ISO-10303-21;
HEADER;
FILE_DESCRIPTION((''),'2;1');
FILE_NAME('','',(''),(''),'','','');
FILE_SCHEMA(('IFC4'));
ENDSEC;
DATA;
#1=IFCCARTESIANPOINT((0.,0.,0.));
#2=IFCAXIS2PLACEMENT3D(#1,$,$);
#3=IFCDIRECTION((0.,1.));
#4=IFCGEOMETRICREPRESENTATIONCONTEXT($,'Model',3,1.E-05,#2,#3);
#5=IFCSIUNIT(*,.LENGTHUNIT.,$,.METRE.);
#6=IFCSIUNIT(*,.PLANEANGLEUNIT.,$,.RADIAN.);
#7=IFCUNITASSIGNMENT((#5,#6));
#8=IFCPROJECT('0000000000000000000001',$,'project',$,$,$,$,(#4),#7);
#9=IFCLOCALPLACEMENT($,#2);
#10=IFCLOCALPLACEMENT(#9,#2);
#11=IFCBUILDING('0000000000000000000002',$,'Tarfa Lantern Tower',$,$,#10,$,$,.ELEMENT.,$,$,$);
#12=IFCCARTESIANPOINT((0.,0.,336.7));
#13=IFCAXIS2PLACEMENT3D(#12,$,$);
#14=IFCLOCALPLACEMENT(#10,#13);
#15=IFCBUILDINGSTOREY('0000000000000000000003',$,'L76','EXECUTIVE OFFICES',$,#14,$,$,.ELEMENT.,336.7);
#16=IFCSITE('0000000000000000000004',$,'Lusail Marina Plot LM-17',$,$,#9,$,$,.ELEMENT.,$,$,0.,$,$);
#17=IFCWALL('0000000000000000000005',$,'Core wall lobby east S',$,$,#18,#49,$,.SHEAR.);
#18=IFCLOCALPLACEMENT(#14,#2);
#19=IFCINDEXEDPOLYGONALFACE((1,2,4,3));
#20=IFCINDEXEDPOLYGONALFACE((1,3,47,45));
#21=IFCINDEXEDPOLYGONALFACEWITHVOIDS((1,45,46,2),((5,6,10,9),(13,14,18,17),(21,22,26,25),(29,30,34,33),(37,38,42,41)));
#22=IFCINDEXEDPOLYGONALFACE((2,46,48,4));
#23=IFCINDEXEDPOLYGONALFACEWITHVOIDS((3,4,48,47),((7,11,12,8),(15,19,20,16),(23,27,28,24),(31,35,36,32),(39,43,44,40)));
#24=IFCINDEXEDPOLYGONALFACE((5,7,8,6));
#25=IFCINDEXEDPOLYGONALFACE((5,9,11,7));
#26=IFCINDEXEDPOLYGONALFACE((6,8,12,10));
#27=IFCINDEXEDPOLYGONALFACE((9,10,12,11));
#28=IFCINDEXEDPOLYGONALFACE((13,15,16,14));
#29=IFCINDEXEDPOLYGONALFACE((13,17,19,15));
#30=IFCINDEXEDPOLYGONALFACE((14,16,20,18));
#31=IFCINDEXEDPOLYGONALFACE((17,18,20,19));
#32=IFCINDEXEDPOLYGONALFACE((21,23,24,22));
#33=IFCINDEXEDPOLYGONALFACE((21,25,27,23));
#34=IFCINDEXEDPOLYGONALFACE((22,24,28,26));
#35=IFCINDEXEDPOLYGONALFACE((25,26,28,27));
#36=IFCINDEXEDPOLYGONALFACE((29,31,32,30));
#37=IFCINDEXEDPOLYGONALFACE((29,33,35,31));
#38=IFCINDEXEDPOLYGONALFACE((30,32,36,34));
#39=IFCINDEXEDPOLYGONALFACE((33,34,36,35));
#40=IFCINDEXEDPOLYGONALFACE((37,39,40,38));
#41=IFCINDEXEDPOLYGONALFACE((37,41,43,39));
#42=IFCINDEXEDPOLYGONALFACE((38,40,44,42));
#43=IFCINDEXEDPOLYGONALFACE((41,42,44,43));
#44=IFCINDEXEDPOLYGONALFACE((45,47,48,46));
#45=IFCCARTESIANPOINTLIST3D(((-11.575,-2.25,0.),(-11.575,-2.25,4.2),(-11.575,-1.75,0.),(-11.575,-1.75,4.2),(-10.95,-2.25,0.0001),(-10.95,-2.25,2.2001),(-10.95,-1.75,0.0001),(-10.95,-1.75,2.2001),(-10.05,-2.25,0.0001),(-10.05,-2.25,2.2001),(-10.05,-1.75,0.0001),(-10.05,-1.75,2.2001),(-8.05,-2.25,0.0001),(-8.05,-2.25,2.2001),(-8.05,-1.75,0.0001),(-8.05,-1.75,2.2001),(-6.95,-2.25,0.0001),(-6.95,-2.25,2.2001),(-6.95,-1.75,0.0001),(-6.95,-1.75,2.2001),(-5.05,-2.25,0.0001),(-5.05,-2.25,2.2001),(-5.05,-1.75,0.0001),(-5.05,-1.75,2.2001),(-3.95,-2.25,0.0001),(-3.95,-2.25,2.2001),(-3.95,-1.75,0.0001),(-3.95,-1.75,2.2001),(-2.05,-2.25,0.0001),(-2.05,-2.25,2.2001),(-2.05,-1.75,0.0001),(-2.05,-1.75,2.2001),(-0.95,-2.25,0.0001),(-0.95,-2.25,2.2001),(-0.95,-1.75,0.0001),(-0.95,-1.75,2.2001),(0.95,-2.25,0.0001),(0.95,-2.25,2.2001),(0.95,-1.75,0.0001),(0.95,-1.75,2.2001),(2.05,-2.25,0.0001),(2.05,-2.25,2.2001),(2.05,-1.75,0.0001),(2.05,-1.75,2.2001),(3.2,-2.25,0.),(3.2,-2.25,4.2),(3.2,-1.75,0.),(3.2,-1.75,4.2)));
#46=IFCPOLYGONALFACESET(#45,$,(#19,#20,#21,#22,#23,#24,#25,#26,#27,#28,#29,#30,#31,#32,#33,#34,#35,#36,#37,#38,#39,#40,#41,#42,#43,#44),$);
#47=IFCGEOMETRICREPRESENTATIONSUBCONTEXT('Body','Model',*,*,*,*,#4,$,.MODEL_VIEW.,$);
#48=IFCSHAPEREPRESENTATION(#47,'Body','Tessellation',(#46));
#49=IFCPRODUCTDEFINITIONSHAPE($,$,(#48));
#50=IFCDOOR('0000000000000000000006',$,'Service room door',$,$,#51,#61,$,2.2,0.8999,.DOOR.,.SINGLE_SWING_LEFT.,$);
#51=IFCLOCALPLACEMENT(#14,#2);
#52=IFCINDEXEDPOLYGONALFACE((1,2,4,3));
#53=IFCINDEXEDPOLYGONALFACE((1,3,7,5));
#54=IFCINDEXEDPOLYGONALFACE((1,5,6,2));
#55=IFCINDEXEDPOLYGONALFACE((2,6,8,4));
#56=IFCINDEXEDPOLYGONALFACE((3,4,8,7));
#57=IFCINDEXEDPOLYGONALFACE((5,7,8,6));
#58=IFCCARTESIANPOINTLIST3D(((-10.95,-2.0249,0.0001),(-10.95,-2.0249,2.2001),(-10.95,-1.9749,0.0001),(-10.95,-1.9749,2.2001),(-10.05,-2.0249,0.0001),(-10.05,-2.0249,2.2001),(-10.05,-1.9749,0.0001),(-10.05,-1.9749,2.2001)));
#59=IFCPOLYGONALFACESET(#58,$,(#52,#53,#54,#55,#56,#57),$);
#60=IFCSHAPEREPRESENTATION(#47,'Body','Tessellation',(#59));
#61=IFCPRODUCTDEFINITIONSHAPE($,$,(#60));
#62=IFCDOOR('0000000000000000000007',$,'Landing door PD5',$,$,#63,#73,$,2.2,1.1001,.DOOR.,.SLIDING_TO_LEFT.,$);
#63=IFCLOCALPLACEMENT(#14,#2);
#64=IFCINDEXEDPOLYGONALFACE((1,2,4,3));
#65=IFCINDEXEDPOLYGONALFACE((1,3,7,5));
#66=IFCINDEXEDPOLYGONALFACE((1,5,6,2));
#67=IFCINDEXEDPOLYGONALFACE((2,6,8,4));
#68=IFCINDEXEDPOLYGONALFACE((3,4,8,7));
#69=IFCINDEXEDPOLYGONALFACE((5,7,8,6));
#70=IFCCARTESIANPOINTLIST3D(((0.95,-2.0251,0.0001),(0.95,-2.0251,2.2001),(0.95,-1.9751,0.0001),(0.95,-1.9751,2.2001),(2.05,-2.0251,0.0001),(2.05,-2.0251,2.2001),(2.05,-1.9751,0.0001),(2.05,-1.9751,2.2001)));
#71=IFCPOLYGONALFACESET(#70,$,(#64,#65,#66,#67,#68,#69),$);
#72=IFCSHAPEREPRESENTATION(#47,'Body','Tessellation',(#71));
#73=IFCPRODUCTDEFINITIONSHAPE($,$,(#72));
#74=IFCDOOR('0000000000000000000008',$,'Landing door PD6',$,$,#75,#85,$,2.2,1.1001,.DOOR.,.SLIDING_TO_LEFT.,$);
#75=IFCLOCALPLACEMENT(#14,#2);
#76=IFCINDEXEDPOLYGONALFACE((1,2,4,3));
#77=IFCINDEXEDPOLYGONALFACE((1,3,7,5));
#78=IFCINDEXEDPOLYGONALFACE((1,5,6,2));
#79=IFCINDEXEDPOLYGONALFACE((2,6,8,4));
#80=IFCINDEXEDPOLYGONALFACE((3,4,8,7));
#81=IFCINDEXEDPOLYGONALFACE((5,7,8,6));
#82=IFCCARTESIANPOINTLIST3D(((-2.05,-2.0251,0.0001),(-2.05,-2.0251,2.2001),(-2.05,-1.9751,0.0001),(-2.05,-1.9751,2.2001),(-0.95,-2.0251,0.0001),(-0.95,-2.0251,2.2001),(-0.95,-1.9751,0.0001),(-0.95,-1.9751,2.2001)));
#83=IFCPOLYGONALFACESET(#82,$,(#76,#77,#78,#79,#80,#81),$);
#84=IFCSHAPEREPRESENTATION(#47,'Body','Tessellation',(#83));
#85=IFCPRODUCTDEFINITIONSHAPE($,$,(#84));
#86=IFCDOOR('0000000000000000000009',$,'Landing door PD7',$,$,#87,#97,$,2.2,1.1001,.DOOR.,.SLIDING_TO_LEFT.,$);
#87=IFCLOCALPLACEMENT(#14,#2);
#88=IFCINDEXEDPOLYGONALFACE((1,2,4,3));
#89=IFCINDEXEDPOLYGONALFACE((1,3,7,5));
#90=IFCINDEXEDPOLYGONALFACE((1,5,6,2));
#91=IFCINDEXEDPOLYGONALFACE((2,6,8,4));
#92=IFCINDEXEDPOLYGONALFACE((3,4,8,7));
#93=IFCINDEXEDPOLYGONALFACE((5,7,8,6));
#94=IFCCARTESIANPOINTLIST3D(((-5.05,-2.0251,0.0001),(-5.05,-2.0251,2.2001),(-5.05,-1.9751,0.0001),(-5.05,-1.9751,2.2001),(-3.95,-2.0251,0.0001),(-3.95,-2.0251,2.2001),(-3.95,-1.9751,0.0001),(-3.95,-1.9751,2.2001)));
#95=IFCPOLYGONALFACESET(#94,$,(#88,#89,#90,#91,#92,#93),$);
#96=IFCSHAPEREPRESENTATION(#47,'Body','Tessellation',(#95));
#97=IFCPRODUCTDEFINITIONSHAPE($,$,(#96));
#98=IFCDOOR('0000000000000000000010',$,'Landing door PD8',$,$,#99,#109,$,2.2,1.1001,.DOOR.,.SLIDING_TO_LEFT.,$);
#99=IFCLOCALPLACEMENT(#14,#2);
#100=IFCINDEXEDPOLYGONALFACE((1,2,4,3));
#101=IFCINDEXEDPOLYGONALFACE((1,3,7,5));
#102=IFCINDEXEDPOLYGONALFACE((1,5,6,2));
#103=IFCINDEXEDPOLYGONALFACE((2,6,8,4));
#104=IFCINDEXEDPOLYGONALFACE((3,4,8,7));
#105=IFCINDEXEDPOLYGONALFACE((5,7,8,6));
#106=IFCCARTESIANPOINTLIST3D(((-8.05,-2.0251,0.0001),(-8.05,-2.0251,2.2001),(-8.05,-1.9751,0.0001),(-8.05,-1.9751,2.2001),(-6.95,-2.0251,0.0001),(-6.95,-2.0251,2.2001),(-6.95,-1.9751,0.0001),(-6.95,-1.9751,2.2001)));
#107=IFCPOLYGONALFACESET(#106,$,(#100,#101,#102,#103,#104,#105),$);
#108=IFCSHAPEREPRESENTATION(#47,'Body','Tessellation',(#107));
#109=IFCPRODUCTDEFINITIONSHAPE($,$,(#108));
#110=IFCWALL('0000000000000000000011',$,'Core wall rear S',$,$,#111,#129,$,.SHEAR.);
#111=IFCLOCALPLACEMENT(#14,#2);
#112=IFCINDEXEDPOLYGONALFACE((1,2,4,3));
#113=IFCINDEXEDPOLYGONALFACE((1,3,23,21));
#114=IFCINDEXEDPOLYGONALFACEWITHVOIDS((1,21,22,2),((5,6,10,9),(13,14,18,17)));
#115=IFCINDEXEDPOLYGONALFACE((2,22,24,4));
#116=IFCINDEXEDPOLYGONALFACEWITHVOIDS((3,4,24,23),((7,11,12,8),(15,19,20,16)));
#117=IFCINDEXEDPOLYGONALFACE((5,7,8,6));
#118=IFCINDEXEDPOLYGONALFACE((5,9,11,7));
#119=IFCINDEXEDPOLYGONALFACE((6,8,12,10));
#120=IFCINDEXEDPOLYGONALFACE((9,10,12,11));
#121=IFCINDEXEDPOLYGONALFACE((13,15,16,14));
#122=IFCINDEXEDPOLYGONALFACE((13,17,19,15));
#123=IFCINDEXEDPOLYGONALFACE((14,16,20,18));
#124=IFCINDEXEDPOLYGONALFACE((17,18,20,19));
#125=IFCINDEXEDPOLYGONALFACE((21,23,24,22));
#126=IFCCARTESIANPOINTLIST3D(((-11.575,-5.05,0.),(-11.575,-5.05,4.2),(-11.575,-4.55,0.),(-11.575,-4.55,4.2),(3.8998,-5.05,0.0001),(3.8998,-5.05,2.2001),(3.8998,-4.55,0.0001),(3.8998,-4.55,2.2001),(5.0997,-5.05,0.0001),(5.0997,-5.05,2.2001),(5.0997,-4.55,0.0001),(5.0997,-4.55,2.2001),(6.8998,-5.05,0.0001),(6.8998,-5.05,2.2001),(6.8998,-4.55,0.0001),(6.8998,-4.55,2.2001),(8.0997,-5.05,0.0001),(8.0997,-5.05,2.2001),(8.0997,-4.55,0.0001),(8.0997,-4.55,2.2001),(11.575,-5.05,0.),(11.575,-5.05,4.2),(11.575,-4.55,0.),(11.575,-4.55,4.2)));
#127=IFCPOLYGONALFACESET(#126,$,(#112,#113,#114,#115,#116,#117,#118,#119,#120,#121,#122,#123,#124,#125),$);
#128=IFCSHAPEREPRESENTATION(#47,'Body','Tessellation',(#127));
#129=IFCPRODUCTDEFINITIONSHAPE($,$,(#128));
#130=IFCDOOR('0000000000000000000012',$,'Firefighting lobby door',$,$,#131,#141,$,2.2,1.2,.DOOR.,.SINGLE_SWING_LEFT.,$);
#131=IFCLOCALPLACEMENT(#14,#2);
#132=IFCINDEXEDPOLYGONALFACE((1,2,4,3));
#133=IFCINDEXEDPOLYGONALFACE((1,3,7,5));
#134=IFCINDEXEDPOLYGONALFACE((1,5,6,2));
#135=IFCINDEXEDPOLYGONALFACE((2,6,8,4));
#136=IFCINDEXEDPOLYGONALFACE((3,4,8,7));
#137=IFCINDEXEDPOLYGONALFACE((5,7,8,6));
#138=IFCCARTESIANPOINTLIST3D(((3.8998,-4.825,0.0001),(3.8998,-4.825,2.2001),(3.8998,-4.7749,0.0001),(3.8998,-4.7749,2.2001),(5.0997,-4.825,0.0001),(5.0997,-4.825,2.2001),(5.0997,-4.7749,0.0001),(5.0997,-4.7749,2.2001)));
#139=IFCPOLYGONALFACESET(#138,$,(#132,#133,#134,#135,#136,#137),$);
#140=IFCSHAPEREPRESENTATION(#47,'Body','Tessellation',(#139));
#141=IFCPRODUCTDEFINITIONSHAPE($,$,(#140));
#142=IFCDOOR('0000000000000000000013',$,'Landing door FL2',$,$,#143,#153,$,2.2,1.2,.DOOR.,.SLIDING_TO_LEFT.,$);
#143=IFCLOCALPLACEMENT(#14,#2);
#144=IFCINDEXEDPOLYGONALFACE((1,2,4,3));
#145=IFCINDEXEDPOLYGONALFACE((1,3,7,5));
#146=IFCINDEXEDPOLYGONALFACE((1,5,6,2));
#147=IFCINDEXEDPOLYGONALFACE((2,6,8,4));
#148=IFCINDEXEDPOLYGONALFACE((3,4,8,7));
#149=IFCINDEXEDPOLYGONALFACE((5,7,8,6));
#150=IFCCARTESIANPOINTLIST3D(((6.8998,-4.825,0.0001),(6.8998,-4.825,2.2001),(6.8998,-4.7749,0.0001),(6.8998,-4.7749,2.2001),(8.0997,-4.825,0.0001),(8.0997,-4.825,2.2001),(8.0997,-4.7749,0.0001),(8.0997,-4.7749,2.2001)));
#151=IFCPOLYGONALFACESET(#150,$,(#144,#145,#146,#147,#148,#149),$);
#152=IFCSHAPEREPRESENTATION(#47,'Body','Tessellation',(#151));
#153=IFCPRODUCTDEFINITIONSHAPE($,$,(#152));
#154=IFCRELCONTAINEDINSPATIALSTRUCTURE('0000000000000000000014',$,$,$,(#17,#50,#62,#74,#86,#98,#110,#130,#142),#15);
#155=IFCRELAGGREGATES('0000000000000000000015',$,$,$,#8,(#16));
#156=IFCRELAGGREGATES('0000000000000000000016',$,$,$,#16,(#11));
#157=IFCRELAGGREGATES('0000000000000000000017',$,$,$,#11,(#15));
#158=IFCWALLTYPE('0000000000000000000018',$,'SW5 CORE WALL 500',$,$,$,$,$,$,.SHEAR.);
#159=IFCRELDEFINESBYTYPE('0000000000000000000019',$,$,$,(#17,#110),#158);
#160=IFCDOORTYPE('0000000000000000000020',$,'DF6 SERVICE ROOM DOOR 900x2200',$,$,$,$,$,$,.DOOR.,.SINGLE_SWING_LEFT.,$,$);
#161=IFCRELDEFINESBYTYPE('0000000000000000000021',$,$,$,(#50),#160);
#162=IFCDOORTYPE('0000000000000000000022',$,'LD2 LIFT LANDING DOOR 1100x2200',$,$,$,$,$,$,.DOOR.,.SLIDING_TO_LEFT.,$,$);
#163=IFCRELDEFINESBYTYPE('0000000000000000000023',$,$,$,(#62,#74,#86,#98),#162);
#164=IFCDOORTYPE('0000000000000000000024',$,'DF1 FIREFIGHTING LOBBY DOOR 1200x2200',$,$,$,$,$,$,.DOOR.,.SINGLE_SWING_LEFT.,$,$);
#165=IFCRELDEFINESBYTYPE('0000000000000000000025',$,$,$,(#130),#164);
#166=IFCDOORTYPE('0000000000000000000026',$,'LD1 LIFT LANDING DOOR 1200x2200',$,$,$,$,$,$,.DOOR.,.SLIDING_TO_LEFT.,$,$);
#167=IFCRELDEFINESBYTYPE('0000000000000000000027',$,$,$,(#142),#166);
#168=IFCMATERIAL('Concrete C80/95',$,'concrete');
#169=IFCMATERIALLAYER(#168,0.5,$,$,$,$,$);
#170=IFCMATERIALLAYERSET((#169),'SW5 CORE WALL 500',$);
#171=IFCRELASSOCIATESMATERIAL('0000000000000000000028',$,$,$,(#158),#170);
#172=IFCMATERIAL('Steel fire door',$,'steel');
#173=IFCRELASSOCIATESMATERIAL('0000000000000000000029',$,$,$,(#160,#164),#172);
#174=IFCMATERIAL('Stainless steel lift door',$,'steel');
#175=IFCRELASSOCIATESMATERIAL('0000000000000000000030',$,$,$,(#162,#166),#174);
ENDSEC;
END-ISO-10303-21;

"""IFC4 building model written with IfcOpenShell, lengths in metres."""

from ifc_helpers import new_model, si_unit, direction, frame, frame_2d, origin, place, context, subcontext, project, spatial, rectangle, extrude, material, layer, layer_set, type_object, element, fill, save


model = new_model("IFC4")

# Units and contexts
model_context = context("Model", 3, precision=1e-05, world=origin(), true_north=direction((0.0, 1.0)))
body_context = subcontext(model_context, "Body", "Model", "MODEL_VIEW")
ifc_project = project(units=[si_unit("LENGTHUNIT", "METRE"), si_unit("PLANEANGLEUNIT", "RADIAN")], contexts=[model_context])

# Site, building, storey
site_placement = place(None, origin())
site = spatial("IfcSite", under=ifc_project, at=site_placement, Name="Lusail Marina Plot LM-17", CompositionType="ELEMENT", RefElevation=0.0)
building_placement = place(site_placement, origin())
building = spatial("IfcBuilding", under=site, at=building_placement, Name="Tarfa Lantern Tower", CompositionType="ELEMENT")
storey_placement = place(building_placement, frame((0.0, 0.0, 336.7)))
storey = spatial("IfcBuildingStorey", under=building, at=storey_placement, Name="L76", Description="EXECUTIVE OFFICES", CompositionType="ELEMENT", Elevation=336.7)

# Shared definitions
ifc_material_1 = material(Name="Concrete C80/95", Category="concrete")
ifc_layer_1 = layer(ifc_material_1, 0.5)
ifc_layer_set_1 = layer_set([ifc_layer_1], Name="SW5 CORE WALL 500")
wall_type_1 = type_object("IfcWallType", Name="SW5 CORE WALL 500", PredefinedType="SHEAR", material=ifc_layer_set_1)
ifc_material_2 = material(Name="Steel fire door", Category="steel")
door_type_1 = type_object("IfcDoorType", Name="DF6 SERVICE ROOM DOOR 900x2200", OperationType="SINGLE_SWING_LEFT", PredefinedType="DOOR", material=ifc_material_2)

# Walls, openings, doors
wall_1_placement = place(storey_placement, frame((3.2, -2.0, 0.0), z_axis=(0.0, 0.0, 1.0), x_axis=(-1.0, 0.0, 0.0)))
wall_1 = element("IfcWall", 1, at=wall_1_placement, inside=storey, type_object=wall_type_1, Name="Core wall lobby east S", PredefinedType="SHEAR", context=body_context, shape_type="SweptSolid", body=[
    extrude(rectangle(XDim=14.7749, YDim=0.5, at=frame_2d((7.3875, 0.0))), origin(), (0.0, 0.0, 1.0), 4.2),
])
opening_1_placement = place(wall_1_placement, frame((13.25, 0.0, 0.0)))
opening_1 = element("IfcOpeningElement", 2, at=opening_1_placement, cuts=wall_1, PredefinedType="OPENING", context=body_context, shape_type="SweptSolid", body=[
    extrude(rectangle(XDim=0.8999, YDim=2.2, at=frame_2d((0.45, 1.1001))), frame((0.0, 0.26, 0.0), z_axis=(0.0, -1.0, 0.0), x_axis=(1.0, 0.0, 0.0)), (0.0, 0.0, 1.0), 0.52),
])
opening_2_placement = place(wall_1_placement, frame((1.1499, 0.0, 0.0)))
opening_2 = element("IfcOpeningElement", 3, at=opening_2_placement, cuts=wall_1, PredefinedType="OPENING", context=body_context, shape_type="SweptSolid", body=[
    extrude(rectangle(XDim=1.1001, YDim=2.2, at=frame_2d((0.55, 1.1001))), frame((0.0, 0.26, 0.0), z_axis=(0.0, -1.0, 0.0), x_axis=(1.0, 0.0, 0.0)), (0.0, 0.0, 1.0), 0.52),
])
opening_3_placement = place(wall_1_placement, frame((4.1499, 0.0, 0.0)))
opening_3 = element("IfcOpeningElement", 4, at=opening_3_placement, cuts=wall_1, PredefinedType="OPENING", context=body_context, shape_type="SweptSolid", body=[
    extrude(rectangle(XDim=1.1001, YDim=2.2, at=frame_2d((0.55, 1.1001))), frame((0.0, 0.26, 0.0), z_axis=(0.0, -1.0, 0.0), x_axis=(1.0, 0.0, 0.0)), (0.0, 0.0, 1.0), 0.52),
])
opening_4_placement = place(wall_1_placement, frame((7.1499, 0.0, 0.0)))
opening_4 = element("IfcOpeningElement", 5, at=opening_4_placement, cuts=wall_1, PredefinedType="OPENING", context=body_context, shape_type="SweptSolid", body=[
    extrude(rectangle(XDim=1.1001, YDim=2.2, at=frame_2d((0.55, 1.1001))), frame((0.0, 0.26, 0.0), z_axis=(0.0, -1.0, 0.0), x_axis=(1.0, 0.0, 0.0)), (0.0, 0.0, 1.0), 0.52),
])
opening_5_placement = place(wall_1_placement, frame((10.1499, 0.0, 0.0)))
opening_5 = element("IfcOpeningElement", 6, at=opening_5_placement, cuts=wall_1, PredefinedType="OPENING", context=body_context, shape_type="SweptSolid", body=[
    extrude(rectangle(XDim=1.1001, YDim=2.2, at=frame_2d((0.55, 1.1001))), frame((0.0, 0.26, 0.0), z_axis=(0.0, -1.0, 0.0), x_axis=(1.0, 0.0, 0.0)), (0.0, 0.0, 1.0), 0.52),
])
door_1_placement = place(opening_1_placement, origin())
door_1 = element("IfcDoor", 7, at=door_1_placement, inside=storey, type_object=door_type_1, Name="Service room door", OperationType="SINGLE_SWING_LEFT", OverallHeight=2.2, OverallWidth=0.8999, PredefinedType="DOOR", context=body_context, shape_type="SweptSolid", body=[
    extrude(rectangle(XDim=0.8999, YDim=2.2, at=frame_2d((0.45, 1.1001))), frame((0.0, 0.0249, 0.0), z_axis=(0.0, -1.0, 0.0), x_axis=(1.0, 0.0, 0.0)), (0.0, 0.0, 1.0), 0.05),
])
fill(opening_1, door_1)
ifc_material_3 = material(Name="Stainless steel lift door", Category="steel")
door_type_2 = type_object("IfcDoorType", Name="LD2 LIFT LANDING DOOR 1100x2200", OperationType="SLIDING_TO_LEFT", PredefinedType="DOOR", material=ifc_material_3)
door_2_placement = place(opening_2_placement, frame((1.1001, 0.0, 0.0), z_axis=(0.0, 0.0, 1.0), x_axis=(-1.0, 0.0, 0.0)))
door_2 = element("IfcDoor", 8, at=door_2_placement, inside=storey, type_object=door_type_2, Name="Landing door PD5", OperationType="SLIDING_TO_LEFT", OverallHeight=2.2, OverallWidth=1.1001, PredefinedType="DOOR", context=body_context, shape_type="SweptSolid", body=[
    extrude(rectangle(XDim=1.1001, YDim=2.2, at=frame_2d((0.55, 1.1001))), frame((0.0, 0.0249, 0.0), z_axis=(0.0, -1.0, 0.0), x_axis=(1.0, 0.0, 0.0)), (0.0, 0.0, 1.0), 0.05),
])
fill(opening_2, door_2)
door_3_placement = place(opening_3_placement, frame((1.1001, 0.0, 0.0), z_axis=(0.0, 0.0, 1.0), x_axis=(-1.0, 0.0, 0.0)))
door_3 = element("IfcDoor", 9, at=door_3_placement, inside=storey, type_object=door_type_2, Name="Landing door PD6", OperationType="SLIDING_TO_LEFT", OverallHeight=2.2, OverallWidth=1.1001, PredefinedType="DOOR", context=body_context, shape_type="SweptSolid", body=[
    extrude(rectangle(XDim=1.1001, YDim=2.2, at=frame_2d((0.55, 1.1001))), frame((0.0, 0.0249, 0.0), z_axis=(0.0, -1.0, 0.0), x_axis=(1.0, 0.0, 0.0)), (0.0, 0.0, 1.0), 0.05),
])
fill(opening_3, door_3)
door_4_placement = place(opening_4_placement, frame((1.1001, 0.0, 0.0), z_axis=(0.0, 0.0, 1.0), x_axis=(-1.0, 0.0, 0.0)))
door_4 = element("IfcDoor", 10, at=door_4_placement, inside=storey, type_object=door_type_2, Name="Landing door PD7", OperationType="SLIDING_TO_LEFT", OverallHeight=2.2, OverallWidth=1.1001, PredefinedType="DOOR", context=body_context, shape_type="SweptSolid", body=[
    extrude(rectangle(XDim=1.1001, YDim=2.2, at=frame_2d((0.55, 1.1001))), frame((0.0, 0.0249, 0.0), z_axis=(0.0, -1.0, 0.0), x_axis=(1.0, 0.0, 0.0)), (0.0, 0.0, 1.0), 0.05),
])
fill(opening_4, door_4)
door_5_placement = place(opening_5_placement, frame((1.1001, 0.0, 0.0), z_axis=(0.0, 0.0, 1.0), x_axis=(-1.0, 0.0, 0.0)))
door_5 = element("IfcDoor", 11, at=door_5_placement, inside=storey, type_object=door_type_2, Name="Landing door PD8", OperationType="SLIDING_TO_LEFT", OverallHeight=2.2, OverallWidth=1.1001, PredefinedType="DOOR", context=body_context, shape_type="SweptSolid", body=[
    extrude(rectangle(XDim=1.1001, YDim=2.2, at=frame_2d((0.55, 1.1001))), frame((0.0, 0.0249, 0.0), z_axis=(0.0, -1.0, 0.0), x_axis=(1.0, 0.0, 0.0)), (0.0, 0.0, 1.0), 0.05),
])
fill(opening_5, door_5)
wall_2_placement = place(storey_placement, frame((11.575, -4.8, 0.0), z_axis=(0.0, 0.0, 1.0), x_axis=(-1.0, 0.0, 0.0)))
wall_2 = element("IfcWall", 12, at=wall_2_placement, inside=storey, type_object=wall_type_1, Name="Core wall rear S", PredefinedType="SHEAR", context=body_context, shape_type="SweptSolid", body=[
    extrude(rectangle(XDim=23.1499, YDim=0.5, at=frame_2d((11.575, 0.0))), origin(), (0.0, 0.0, 1.0), 4.2),
])
opening_6_placement = place(wall_2_placement, frame((6.4751, 0.0, 0.0)))
opening_6 = element("IfcOpeningElement", 13, at=opening_6_placement, cuts=wall_2, PredefinedType="OPENING", context=body_context, shape_type="SweptSolid", body=[
    extrude(rectangle(XDim=1.2, YDim=2.2, at=frame_2d((0.6001, 1.1001))), frame((0.0, 0.26, 0.0), z_axis=(0.0, -1.0, 0.0), x_axis=(1.0, 0.0, 0.0)), (0.0, 0.0, 1.0), 0.52),
])
opening_7_placement = place(wall_2_placement, frame((3.4751, 0.0, 0.0)))
opening_7 = element("IfcOpeningElement", 14, at=opening_7_placement, cuts=wall_2, PredefinedType="OPENING", context=body_context, shape_type="SweptSolid", body=[
    extrude(rectangle(XDim=1.2, YDim=2.2, at=frame_2d((0.6001, 1.1001))), frame((0.0, 0.26, 0.0), z_axis=(0.0, -1.0, 0.0), x_axis=(1.0, 0.0, 0.0)), (0.0, 0.0, 1.0), 0.52),
])
door_type_3 = type_object("IfcDoorType", Name="DF1 FIREFIGHTING LOBBY DOOR 1200x2200", OperationType="SINGLE_SWING_LEFT", PredefinedType="DOOR", material=ifc_material_2)
door_6_placement = place(opening_6_placement, origin())
door_6 = element("IfcDoor", 15, at=door_6_placement, inside=storey, type_object=door_type_3, Name="Firefighting lobby door", OperationType="SINGLE_SWING_LEFT", OverallHeight=2.2, OverallWidth=1.2, PredefinedType="DOOR", context=body_context, shape_type="SweptSolid", body=[
    extrude(rectangle(XDim=1.2, YDim=2.2, at=frame_2d((0.6001, 1.1001))), frame((0.0, 0.0249, 0.0), z_axis=(0.0, -1.0, 0.0), x_axis=(1.0, 0.0, 0.0)), (0.0, 0.0, 1.0), 0.05),
])
fill(opening_6, door_6)
door_type_4 = type_object("IfcDoorType", Name="LD1 LIFT LANDING DOOR 1200x2200", OperationType="SLIDING_TO_LEFT", PredefinedType="DOOR", material=ifc_material_3)
door_7_placement = place(opening_7_placement, origin())
door_7 = element("IfcDoor", 16, at=door_7_placement, inside=storey, type_object=door_type_4, Name="Landing door FL2", OperationType="SLIDING_TO_LEFT", OverallHeight=2.2, OverallWidth=1.2, PredefinedType="DOOR", context=body_context, shape_type="SweptSolid", body=[
    extrude(rectangle(XDim=1.2, YDim=2.2, at=frame_2d((0.6001, 1.1001))), frame((0.0, 0.0249, 0.0), z_axis=(0.0, -1.0, 0.0), x_axis=(1.0, 0.0, 0.0)), (0.0, 0.0, 1.0), 0.05),
])
fill(opening_7, door_7)

save(model, "model.ifc")
